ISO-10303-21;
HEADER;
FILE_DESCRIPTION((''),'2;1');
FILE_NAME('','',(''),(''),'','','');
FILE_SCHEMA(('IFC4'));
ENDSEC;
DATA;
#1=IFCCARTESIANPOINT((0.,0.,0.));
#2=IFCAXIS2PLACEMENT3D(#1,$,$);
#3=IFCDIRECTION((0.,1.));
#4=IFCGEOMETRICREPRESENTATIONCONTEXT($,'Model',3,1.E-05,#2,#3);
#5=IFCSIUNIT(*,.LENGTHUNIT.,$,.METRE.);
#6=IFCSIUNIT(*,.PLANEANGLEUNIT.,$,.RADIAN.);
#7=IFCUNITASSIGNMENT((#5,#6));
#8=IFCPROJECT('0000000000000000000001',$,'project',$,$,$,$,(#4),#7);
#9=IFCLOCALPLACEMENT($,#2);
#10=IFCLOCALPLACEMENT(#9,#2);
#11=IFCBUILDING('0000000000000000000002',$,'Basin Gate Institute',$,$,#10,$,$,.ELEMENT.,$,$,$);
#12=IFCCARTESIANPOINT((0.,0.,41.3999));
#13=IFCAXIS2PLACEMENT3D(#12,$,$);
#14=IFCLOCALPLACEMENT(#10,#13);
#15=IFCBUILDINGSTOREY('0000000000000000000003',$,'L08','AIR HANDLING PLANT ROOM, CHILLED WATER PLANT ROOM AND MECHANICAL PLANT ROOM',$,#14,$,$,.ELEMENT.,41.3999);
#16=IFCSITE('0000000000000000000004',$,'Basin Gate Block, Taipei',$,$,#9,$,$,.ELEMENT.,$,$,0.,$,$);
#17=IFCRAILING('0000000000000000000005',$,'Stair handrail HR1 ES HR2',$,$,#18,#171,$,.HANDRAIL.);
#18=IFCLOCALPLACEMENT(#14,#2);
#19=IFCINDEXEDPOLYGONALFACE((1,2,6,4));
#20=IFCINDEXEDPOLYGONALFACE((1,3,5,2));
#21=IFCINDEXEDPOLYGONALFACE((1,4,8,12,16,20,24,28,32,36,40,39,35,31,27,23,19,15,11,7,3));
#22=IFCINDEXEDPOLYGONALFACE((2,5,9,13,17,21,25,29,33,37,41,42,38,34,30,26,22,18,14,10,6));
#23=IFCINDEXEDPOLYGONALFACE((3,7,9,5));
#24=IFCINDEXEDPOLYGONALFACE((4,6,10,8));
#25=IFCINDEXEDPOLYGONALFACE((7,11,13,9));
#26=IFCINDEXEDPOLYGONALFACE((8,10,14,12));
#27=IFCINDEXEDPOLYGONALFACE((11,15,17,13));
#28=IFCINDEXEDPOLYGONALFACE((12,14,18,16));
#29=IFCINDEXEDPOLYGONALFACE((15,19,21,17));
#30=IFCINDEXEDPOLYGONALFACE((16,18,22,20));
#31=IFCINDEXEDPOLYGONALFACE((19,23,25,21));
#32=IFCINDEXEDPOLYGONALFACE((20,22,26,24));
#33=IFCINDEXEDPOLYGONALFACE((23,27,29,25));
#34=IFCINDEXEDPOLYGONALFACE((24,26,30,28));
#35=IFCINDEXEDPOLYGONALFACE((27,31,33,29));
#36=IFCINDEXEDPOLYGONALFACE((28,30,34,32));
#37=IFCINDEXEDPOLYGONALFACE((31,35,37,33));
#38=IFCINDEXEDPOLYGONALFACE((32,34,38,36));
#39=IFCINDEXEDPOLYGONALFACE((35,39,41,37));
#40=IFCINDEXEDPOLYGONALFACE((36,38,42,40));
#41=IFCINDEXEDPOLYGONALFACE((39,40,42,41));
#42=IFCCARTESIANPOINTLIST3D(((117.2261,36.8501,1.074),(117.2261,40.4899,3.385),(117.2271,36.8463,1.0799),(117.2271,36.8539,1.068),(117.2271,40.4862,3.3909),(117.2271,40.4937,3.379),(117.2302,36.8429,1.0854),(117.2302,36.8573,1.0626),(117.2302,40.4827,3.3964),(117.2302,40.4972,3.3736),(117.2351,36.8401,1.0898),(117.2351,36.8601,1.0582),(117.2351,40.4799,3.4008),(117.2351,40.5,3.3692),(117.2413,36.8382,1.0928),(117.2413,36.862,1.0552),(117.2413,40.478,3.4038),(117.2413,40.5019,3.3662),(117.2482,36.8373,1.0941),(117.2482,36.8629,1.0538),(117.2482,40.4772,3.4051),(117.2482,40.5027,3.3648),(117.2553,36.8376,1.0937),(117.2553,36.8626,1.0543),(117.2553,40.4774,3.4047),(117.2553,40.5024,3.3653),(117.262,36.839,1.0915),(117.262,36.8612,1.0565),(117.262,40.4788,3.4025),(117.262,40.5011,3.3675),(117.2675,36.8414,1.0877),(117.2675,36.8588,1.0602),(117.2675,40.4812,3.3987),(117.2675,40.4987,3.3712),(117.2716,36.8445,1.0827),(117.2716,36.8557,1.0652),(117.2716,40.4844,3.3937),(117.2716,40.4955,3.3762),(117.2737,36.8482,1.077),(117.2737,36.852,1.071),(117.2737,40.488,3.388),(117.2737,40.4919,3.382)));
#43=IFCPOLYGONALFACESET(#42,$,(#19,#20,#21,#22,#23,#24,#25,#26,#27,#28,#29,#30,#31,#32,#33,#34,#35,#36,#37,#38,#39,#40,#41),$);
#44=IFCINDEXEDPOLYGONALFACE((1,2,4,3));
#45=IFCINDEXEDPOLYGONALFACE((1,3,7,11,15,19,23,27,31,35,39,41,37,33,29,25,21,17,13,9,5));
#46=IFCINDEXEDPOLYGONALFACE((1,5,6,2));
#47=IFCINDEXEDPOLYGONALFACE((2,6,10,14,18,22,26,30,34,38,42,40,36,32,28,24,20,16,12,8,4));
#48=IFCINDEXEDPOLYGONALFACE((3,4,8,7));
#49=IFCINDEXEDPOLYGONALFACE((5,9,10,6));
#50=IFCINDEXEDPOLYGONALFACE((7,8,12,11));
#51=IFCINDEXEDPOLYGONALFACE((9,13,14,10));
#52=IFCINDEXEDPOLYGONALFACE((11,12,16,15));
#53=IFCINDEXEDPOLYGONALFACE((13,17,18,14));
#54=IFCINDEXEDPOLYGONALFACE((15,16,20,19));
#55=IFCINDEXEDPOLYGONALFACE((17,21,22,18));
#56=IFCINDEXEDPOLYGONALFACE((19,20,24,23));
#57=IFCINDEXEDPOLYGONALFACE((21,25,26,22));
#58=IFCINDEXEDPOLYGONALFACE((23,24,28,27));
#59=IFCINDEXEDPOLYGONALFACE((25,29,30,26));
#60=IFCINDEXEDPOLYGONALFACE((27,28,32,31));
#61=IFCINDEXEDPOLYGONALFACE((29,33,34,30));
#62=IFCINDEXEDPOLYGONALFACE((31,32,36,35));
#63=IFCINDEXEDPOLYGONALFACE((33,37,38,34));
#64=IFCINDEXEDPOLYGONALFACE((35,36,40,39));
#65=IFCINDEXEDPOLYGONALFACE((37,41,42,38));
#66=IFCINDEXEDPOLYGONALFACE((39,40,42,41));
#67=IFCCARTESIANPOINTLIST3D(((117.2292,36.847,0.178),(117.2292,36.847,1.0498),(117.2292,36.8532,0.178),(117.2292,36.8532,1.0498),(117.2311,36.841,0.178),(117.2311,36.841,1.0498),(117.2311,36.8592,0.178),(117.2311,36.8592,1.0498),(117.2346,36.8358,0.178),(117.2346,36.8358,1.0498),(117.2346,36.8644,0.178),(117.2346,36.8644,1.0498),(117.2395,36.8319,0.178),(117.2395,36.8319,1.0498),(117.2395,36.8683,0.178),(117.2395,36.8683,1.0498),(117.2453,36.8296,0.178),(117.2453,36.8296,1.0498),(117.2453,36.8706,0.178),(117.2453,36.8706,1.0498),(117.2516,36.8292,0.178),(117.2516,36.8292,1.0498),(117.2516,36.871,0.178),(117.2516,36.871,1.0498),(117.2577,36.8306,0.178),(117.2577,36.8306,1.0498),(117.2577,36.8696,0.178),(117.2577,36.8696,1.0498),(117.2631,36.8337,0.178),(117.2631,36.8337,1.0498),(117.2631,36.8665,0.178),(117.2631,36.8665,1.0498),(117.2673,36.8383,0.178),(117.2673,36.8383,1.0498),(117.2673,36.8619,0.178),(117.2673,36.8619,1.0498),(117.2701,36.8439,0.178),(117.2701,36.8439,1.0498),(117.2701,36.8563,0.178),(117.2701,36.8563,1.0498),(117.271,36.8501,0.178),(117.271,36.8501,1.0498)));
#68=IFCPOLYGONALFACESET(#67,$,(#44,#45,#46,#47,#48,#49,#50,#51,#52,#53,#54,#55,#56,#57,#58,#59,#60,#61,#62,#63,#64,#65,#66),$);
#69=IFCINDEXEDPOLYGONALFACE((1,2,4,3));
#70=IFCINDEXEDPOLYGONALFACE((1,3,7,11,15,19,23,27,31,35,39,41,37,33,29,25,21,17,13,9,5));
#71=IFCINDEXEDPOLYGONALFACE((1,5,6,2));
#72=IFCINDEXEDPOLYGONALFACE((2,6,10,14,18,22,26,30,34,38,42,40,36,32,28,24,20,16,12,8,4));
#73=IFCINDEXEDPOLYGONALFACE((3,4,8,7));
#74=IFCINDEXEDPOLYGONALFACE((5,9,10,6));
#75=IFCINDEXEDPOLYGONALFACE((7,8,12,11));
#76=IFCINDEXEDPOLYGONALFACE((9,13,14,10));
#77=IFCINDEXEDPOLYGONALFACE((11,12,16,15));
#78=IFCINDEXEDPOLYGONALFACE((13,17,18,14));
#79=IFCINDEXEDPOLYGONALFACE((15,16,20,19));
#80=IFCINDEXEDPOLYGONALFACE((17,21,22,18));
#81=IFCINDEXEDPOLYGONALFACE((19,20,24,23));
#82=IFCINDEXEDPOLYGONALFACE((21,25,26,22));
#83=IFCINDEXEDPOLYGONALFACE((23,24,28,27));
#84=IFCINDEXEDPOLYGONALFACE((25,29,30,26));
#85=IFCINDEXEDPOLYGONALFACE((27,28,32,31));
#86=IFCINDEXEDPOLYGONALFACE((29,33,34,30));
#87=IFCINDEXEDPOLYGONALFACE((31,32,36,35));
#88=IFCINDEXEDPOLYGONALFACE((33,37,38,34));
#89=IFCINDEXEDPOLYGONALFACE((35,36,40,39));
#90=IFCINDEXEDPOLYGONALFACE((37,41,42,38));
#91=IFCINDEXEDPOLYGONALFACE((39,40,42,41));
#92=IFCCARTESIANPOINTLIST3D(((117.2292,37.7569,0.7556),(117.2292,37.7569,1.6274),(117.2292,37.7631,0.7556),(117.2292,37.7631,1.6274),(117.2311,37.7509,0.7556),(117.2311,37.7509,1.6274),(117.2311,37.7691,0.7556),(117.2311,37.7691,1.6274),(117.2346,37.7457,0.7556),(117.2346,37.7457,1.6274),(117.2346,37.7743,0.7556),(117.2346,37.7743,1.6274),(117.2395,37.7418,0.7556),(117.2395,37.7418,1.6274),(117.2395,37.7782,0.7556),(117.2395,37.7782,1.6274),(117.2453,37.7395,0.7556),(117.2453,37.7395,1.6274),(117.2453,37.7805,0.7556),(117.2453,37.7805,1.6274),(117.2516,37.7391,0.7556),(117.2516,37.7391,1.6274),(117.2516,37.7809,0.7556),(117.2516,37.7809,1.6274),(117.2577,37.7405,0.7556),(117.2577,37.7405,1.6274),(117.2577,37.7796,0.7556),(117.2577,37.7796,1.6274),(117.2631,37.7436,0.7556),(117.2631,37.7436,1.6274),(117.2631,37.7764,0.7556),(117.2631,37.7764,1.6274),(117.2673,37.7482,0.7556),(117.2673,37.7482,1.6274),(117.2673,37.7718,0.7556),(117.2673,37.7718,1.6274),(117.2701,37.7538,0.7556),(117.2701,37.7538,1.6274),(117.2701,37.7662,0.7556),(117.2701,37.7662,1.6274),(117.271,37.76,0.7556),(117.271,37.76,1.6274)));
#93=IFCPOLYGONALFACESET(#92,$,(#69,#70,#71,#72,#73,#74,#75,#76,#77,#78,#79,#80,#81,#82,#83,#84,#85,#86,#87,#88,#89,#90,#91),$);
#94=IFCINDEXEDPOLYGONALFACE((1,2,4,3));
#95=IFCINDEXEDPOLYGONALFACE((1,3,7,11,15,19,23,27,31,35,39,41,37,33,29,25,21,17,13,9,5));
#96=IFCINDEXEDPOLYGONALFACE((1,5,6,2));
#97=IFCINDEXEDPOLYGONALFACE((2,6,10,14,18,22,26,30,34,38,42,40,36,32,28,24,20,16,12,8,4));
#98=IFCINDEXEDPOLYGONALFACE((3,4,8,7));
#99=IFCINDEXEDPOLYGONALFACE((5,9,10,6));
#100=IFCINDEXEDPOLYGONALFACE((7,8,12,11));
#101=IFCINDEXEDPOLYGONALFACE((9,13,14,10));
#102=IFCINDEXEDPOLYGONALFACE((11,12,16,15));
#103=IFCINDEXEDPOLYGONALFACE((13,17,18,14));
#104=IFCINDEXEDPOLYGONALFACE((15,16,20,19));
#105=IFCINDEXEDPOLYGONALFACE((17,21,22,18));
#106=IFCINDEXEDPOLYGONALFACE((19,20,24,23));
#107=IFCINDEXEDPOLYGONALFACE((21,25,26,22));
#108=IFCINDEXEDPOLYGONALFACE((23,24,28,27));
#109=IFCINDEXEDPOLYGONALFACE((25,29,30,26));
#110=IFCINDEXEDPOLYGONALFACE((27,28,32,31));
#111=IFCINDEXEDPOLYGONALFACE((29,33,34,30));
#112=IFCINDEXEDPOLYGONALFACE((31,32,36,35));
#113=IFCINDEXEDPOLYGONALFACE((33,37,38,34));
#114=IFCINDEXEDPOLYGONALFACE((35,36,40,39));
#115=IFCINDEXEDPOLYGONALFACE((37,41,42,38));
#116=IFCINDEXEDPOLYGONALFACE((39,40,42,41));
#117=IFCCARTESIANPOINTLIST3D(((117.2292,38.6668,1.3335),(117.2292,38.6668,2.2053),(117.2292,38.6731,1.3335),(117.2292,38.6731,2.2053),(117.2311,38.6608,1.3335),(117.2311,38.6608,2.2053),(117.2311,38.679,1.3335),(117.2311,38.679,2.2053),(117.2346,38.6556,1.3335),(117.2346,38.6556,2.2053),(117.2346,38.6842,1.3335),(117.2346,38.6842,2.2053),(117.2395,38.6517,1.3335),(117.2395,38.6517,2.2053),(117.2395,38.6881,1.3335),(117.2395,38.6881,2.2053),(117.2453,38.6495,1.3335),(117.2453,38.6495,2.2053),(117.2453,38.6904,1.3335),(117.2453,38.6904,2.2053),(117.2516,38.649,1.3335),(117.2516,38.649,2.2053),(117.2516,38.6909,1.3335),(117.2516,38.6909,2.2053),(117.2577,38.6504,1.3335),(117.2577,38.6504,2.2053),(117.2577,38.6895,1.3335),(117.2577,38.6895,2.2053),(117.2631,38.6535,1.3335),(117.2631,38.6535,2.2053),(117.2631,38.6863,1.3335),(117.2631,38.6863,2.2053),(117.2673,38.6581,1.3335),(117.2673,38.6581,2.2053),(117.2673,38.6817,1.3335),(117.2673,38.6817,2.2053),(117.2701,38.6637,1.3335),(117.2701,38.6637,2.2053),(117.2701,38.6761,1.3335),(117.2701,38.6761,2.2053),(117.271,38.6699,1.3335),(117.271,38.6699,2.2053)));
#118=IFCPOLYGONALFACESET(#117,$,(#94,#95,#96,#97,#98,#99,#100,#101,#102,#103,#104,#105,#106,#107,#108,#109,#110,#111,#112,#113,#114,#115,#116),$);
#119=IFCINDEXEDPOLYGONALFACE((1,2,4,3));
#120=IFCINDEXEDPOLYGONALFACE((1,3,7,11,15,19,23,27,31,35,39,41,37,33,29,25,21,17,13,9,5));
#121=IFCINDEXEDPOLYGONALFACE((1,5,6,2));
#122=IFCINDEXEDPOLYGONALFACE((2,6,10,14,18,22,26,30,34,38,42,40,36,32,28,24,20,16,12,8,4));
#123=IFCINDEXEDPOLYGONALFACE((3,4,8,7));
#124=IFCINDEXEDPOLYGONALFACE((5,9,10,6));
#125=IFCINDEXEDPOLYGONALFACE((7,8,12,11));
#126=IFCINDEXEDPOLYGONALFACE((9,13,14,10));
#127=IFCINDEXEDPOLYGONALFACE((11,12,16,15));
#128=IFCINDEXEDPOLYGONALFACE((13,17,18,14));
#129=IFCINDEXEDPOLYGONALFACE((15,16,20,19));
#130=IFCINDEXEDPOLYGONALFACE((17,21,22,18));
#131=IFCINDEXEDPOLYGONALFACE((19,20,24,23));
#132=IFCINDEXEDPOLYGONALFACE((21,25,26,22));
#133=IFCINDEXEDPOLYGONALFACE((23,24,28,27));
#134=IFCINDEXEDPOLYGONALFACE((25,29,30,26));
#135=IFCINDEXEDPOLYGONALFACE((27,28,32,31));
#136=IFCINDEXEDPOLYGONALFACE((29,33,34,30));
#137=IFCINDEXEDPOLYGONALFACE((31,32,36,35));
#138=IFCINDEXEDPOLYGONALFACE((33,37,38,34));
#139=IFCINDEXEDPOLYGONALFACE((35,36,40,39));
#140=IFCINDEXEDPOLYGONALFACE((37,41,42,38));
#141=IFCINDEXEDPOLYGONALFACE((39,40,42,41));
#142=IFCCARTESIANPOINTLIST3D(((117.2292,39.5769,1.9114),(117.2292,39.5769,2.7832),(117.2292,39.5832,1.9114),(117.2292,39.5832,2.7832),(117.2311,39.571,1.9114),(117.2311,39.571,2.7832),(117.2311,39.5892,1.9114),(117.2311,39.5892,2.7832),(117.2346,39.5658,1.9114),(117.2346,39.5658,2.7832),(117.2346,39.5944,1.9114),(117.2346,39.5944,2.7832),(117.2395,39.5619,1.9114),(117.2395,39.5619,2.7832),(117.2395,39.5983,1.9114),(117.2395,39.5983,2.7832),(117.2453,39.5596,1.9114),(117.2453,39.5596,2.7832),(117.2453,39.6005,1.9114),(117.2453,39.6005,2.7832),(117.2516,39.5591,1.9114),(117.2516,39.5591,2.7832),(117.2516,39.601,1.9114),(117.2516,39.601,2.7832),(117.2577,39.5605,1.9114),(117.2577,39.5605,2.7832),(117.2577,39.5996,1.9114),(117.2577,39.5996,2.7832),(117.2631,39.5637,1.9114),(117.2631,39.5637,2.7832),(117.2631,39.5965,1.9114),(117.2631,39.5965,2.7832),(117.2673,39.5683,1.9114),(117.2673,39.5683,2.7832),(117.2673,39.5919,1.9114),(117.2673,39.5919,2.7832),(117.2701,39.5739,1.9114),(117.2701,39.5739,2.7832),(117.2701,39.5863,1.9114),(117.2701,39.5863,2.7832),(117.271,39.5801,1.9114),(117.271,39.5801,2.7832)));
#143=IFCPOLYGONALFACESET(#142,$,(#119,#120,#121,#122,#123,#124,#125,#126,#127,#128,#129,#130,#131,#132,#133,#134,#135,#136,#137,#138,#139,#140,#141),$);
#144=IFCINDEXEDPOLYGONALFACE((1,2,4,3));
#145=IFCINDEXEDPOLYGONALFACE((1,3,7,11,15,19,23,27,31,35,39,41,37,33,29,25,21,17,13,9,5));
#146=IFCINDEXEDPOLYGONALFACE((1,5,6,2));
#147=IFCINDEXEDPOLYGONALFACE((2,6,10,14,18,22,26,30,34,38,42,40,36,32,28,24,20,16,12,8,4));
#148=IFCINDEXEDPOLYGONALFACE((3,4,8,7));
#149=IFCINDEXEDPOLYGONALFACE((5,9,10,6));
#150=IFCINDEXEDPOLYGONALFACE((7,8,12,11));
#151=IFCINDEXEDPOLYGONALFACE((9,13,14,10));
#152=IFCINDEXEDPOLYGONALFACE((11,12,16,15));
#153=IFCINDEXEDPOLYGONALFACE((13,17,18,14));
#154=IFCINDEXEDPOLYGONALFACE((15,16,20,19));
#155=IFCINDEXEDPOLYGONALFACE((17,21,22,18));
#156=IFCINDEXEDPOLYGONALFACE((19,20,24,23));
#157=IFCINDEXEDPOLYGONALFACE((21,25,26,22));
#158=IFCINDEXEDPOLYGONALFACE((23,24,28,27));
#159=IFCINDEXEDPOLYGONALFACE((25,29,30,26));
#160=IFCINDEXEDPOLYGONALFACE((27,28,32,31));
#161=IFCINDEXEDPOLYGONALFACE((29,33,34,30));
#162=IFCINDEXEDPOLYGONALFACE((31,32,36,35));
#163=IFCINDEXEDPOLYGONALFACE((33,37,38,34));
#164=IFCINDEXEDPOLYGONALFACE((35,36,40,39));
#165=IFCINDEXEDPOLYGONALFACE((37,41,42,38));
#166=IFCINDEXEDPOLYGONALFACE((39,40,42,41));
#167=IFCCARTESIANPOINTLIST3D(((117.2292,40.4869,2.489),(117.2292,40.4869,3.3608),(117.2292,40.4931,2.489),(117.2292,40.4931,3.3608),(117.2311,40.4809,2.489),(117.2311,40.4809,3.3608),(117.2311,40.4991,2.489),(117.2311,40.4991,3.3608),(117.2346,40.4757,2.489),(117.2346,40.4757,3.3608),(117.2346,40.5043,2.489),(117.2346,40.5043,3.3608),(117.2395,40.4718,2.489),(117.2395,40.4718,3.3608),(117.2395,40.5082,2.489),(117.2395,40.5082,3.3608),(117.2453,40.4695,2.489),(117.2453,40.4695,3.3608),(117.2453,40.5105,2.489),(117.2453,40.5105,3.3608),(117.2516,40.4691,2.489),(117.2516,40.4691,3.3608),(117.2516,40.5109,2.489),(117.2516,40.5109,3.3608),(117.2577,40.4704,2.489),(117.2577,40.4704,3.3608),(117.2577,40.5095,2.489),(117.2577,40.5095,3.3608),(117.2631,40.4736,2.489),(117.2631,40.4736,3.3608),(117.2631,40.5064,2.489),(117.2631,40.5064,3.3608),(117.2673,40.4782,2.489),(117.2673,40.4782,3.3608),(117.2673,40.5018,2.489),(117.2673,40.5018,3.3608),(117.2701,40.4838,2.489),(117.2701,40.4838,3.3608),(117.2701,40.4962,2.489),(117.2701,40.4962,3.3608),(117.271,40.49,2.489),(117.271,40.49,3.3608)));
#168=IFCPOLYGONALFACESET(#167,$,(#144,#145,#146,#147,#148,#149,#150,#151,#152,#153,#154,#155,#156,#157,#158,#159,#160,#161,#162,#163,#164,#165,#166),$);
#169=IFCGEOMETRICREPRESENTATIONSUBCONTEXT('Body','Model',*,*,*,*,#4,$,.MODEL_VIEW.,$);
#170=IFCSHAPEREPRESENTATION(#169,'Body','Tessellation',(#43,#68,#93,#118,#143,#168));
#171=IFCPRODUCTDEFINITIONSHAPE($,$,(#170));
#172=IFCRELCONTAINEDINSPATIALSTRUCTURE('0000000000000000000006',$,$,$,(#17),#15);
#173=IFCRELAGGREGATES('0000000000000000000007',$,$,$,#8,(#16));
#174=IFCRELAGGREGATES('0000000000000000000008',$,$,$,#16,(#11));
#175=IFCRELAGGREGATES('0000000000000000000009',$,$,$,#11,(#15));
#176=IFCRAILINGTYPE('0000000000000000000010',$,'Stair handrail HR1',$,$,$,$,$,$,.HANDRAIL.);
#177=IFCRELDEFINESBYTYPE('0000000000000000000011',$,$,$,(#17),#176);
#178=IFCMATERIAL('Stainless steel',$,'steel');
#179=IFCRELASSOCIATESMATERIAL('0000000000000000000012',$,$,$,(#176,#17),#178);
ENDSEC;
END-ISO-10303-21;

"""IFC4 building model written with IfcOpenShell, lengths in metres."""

from ifc_helpers import new_model, si_unit, direction, frame, origin, origin_2d, place, context, subcontext, project, spatial, circle, extrude, material, type_object, element, save


model = new_model("IFC4")

# Units and contexts
model_context = context("Model", 3, precision=1e-05, world=origin(), true_north=direction((0.0, 1.0)))
body_context = subcontext(model_context, "Body", "Model", "MODEL_VIEW")
ifc_project = project(units=[si_unit("LENGTHUNIT", "METRE"), si_unit("PLANEANGLEUNIT", "RADIAN")], contexts=[model_context])

# Site, building, storey
site_placement = place(None, origin())
site = spatial("IfcSite", under=ifc_project, at=site_placement, Name="Basin Gate Block, Taipei", CompositionType="ELEMENT", RefElevation=0.0)
building_placement = place(site_placement, origin())
building = spatial("IfcBuilding", under=site, at=building_placement, Name="Basin Gate Institute", CompositionType="ELEMENT")
storey_placement = place(building_placement, frame((0.0, 0.0, 41.3999)))
storey = spatial("IfcBuildingStorey", under=building, at=storey_placement, Name="L08", Description="AIR HANDLING PLANT ROOM, CHILLED WATER PLANT ROOM AND MECHANICAL PLANT ROOM", CompositionType="ELEMENT", Elevation=41.3999)

# Railing
ifc_material_1 = material(Name="Stainless steel", Category="steel")
railing_type_1 = type_object("IfcRailingType", Name="Stair handrail HR1", PredefinedType="HANDRAIL", material=ifc_material_1)
for number, where, name in (
    (1, (117.25, 36.8501, 0.178), "Stair handrail HR1 ES HR2"),
):
    element("IfcRailing", number, at=place(storey_placement, frame(where)), inside=storey, type_object=railing_type_1, material=ifc_material_1, Name=name, PredefinedType="HANDRAIL", context=body_context, shape_type="SweptSolid", body=[
        extrude(circle(Radius=0.0239, at=origin_2d()), frame((0.0, 0.0, 0.896), z_axis=(0.0, 0.844214, 0.536007), x_axis=(-1.0, 0.0, 0.0)), (0.0, 0.0, 1.0), 4.3115),
        extrude(circle(Radius=0.021, at=origin_2d()), origin(), (0.0, 0.0, 1.0), 0.8718),
        extrude(circle(Radius=0.021, at=origin_2d()), frame((0.0, 0.9099, 0.5776)), (0.0, 0.0, 1.0), 0.8718),
        extrude(circle(Radius=0.021, at=origin_2d()), frame((0.0, 1.8198, 1.1555)), (0.0, 0.0, 1.0), 0.8718),
        extrude(circle(Radius=0.021, at=origin_2d()), frame((0.0, 2.73, 1.7334)), (0.0, 0.0, 1.0), 0.8718),
        extrude(circle(Radius=0.021, at=origin_2d()), frame((0.0, 3.6399, 2.311)), (0.0, 0.0, 1.0), 0.8718),
    ])

save(model, "model.ifc")
